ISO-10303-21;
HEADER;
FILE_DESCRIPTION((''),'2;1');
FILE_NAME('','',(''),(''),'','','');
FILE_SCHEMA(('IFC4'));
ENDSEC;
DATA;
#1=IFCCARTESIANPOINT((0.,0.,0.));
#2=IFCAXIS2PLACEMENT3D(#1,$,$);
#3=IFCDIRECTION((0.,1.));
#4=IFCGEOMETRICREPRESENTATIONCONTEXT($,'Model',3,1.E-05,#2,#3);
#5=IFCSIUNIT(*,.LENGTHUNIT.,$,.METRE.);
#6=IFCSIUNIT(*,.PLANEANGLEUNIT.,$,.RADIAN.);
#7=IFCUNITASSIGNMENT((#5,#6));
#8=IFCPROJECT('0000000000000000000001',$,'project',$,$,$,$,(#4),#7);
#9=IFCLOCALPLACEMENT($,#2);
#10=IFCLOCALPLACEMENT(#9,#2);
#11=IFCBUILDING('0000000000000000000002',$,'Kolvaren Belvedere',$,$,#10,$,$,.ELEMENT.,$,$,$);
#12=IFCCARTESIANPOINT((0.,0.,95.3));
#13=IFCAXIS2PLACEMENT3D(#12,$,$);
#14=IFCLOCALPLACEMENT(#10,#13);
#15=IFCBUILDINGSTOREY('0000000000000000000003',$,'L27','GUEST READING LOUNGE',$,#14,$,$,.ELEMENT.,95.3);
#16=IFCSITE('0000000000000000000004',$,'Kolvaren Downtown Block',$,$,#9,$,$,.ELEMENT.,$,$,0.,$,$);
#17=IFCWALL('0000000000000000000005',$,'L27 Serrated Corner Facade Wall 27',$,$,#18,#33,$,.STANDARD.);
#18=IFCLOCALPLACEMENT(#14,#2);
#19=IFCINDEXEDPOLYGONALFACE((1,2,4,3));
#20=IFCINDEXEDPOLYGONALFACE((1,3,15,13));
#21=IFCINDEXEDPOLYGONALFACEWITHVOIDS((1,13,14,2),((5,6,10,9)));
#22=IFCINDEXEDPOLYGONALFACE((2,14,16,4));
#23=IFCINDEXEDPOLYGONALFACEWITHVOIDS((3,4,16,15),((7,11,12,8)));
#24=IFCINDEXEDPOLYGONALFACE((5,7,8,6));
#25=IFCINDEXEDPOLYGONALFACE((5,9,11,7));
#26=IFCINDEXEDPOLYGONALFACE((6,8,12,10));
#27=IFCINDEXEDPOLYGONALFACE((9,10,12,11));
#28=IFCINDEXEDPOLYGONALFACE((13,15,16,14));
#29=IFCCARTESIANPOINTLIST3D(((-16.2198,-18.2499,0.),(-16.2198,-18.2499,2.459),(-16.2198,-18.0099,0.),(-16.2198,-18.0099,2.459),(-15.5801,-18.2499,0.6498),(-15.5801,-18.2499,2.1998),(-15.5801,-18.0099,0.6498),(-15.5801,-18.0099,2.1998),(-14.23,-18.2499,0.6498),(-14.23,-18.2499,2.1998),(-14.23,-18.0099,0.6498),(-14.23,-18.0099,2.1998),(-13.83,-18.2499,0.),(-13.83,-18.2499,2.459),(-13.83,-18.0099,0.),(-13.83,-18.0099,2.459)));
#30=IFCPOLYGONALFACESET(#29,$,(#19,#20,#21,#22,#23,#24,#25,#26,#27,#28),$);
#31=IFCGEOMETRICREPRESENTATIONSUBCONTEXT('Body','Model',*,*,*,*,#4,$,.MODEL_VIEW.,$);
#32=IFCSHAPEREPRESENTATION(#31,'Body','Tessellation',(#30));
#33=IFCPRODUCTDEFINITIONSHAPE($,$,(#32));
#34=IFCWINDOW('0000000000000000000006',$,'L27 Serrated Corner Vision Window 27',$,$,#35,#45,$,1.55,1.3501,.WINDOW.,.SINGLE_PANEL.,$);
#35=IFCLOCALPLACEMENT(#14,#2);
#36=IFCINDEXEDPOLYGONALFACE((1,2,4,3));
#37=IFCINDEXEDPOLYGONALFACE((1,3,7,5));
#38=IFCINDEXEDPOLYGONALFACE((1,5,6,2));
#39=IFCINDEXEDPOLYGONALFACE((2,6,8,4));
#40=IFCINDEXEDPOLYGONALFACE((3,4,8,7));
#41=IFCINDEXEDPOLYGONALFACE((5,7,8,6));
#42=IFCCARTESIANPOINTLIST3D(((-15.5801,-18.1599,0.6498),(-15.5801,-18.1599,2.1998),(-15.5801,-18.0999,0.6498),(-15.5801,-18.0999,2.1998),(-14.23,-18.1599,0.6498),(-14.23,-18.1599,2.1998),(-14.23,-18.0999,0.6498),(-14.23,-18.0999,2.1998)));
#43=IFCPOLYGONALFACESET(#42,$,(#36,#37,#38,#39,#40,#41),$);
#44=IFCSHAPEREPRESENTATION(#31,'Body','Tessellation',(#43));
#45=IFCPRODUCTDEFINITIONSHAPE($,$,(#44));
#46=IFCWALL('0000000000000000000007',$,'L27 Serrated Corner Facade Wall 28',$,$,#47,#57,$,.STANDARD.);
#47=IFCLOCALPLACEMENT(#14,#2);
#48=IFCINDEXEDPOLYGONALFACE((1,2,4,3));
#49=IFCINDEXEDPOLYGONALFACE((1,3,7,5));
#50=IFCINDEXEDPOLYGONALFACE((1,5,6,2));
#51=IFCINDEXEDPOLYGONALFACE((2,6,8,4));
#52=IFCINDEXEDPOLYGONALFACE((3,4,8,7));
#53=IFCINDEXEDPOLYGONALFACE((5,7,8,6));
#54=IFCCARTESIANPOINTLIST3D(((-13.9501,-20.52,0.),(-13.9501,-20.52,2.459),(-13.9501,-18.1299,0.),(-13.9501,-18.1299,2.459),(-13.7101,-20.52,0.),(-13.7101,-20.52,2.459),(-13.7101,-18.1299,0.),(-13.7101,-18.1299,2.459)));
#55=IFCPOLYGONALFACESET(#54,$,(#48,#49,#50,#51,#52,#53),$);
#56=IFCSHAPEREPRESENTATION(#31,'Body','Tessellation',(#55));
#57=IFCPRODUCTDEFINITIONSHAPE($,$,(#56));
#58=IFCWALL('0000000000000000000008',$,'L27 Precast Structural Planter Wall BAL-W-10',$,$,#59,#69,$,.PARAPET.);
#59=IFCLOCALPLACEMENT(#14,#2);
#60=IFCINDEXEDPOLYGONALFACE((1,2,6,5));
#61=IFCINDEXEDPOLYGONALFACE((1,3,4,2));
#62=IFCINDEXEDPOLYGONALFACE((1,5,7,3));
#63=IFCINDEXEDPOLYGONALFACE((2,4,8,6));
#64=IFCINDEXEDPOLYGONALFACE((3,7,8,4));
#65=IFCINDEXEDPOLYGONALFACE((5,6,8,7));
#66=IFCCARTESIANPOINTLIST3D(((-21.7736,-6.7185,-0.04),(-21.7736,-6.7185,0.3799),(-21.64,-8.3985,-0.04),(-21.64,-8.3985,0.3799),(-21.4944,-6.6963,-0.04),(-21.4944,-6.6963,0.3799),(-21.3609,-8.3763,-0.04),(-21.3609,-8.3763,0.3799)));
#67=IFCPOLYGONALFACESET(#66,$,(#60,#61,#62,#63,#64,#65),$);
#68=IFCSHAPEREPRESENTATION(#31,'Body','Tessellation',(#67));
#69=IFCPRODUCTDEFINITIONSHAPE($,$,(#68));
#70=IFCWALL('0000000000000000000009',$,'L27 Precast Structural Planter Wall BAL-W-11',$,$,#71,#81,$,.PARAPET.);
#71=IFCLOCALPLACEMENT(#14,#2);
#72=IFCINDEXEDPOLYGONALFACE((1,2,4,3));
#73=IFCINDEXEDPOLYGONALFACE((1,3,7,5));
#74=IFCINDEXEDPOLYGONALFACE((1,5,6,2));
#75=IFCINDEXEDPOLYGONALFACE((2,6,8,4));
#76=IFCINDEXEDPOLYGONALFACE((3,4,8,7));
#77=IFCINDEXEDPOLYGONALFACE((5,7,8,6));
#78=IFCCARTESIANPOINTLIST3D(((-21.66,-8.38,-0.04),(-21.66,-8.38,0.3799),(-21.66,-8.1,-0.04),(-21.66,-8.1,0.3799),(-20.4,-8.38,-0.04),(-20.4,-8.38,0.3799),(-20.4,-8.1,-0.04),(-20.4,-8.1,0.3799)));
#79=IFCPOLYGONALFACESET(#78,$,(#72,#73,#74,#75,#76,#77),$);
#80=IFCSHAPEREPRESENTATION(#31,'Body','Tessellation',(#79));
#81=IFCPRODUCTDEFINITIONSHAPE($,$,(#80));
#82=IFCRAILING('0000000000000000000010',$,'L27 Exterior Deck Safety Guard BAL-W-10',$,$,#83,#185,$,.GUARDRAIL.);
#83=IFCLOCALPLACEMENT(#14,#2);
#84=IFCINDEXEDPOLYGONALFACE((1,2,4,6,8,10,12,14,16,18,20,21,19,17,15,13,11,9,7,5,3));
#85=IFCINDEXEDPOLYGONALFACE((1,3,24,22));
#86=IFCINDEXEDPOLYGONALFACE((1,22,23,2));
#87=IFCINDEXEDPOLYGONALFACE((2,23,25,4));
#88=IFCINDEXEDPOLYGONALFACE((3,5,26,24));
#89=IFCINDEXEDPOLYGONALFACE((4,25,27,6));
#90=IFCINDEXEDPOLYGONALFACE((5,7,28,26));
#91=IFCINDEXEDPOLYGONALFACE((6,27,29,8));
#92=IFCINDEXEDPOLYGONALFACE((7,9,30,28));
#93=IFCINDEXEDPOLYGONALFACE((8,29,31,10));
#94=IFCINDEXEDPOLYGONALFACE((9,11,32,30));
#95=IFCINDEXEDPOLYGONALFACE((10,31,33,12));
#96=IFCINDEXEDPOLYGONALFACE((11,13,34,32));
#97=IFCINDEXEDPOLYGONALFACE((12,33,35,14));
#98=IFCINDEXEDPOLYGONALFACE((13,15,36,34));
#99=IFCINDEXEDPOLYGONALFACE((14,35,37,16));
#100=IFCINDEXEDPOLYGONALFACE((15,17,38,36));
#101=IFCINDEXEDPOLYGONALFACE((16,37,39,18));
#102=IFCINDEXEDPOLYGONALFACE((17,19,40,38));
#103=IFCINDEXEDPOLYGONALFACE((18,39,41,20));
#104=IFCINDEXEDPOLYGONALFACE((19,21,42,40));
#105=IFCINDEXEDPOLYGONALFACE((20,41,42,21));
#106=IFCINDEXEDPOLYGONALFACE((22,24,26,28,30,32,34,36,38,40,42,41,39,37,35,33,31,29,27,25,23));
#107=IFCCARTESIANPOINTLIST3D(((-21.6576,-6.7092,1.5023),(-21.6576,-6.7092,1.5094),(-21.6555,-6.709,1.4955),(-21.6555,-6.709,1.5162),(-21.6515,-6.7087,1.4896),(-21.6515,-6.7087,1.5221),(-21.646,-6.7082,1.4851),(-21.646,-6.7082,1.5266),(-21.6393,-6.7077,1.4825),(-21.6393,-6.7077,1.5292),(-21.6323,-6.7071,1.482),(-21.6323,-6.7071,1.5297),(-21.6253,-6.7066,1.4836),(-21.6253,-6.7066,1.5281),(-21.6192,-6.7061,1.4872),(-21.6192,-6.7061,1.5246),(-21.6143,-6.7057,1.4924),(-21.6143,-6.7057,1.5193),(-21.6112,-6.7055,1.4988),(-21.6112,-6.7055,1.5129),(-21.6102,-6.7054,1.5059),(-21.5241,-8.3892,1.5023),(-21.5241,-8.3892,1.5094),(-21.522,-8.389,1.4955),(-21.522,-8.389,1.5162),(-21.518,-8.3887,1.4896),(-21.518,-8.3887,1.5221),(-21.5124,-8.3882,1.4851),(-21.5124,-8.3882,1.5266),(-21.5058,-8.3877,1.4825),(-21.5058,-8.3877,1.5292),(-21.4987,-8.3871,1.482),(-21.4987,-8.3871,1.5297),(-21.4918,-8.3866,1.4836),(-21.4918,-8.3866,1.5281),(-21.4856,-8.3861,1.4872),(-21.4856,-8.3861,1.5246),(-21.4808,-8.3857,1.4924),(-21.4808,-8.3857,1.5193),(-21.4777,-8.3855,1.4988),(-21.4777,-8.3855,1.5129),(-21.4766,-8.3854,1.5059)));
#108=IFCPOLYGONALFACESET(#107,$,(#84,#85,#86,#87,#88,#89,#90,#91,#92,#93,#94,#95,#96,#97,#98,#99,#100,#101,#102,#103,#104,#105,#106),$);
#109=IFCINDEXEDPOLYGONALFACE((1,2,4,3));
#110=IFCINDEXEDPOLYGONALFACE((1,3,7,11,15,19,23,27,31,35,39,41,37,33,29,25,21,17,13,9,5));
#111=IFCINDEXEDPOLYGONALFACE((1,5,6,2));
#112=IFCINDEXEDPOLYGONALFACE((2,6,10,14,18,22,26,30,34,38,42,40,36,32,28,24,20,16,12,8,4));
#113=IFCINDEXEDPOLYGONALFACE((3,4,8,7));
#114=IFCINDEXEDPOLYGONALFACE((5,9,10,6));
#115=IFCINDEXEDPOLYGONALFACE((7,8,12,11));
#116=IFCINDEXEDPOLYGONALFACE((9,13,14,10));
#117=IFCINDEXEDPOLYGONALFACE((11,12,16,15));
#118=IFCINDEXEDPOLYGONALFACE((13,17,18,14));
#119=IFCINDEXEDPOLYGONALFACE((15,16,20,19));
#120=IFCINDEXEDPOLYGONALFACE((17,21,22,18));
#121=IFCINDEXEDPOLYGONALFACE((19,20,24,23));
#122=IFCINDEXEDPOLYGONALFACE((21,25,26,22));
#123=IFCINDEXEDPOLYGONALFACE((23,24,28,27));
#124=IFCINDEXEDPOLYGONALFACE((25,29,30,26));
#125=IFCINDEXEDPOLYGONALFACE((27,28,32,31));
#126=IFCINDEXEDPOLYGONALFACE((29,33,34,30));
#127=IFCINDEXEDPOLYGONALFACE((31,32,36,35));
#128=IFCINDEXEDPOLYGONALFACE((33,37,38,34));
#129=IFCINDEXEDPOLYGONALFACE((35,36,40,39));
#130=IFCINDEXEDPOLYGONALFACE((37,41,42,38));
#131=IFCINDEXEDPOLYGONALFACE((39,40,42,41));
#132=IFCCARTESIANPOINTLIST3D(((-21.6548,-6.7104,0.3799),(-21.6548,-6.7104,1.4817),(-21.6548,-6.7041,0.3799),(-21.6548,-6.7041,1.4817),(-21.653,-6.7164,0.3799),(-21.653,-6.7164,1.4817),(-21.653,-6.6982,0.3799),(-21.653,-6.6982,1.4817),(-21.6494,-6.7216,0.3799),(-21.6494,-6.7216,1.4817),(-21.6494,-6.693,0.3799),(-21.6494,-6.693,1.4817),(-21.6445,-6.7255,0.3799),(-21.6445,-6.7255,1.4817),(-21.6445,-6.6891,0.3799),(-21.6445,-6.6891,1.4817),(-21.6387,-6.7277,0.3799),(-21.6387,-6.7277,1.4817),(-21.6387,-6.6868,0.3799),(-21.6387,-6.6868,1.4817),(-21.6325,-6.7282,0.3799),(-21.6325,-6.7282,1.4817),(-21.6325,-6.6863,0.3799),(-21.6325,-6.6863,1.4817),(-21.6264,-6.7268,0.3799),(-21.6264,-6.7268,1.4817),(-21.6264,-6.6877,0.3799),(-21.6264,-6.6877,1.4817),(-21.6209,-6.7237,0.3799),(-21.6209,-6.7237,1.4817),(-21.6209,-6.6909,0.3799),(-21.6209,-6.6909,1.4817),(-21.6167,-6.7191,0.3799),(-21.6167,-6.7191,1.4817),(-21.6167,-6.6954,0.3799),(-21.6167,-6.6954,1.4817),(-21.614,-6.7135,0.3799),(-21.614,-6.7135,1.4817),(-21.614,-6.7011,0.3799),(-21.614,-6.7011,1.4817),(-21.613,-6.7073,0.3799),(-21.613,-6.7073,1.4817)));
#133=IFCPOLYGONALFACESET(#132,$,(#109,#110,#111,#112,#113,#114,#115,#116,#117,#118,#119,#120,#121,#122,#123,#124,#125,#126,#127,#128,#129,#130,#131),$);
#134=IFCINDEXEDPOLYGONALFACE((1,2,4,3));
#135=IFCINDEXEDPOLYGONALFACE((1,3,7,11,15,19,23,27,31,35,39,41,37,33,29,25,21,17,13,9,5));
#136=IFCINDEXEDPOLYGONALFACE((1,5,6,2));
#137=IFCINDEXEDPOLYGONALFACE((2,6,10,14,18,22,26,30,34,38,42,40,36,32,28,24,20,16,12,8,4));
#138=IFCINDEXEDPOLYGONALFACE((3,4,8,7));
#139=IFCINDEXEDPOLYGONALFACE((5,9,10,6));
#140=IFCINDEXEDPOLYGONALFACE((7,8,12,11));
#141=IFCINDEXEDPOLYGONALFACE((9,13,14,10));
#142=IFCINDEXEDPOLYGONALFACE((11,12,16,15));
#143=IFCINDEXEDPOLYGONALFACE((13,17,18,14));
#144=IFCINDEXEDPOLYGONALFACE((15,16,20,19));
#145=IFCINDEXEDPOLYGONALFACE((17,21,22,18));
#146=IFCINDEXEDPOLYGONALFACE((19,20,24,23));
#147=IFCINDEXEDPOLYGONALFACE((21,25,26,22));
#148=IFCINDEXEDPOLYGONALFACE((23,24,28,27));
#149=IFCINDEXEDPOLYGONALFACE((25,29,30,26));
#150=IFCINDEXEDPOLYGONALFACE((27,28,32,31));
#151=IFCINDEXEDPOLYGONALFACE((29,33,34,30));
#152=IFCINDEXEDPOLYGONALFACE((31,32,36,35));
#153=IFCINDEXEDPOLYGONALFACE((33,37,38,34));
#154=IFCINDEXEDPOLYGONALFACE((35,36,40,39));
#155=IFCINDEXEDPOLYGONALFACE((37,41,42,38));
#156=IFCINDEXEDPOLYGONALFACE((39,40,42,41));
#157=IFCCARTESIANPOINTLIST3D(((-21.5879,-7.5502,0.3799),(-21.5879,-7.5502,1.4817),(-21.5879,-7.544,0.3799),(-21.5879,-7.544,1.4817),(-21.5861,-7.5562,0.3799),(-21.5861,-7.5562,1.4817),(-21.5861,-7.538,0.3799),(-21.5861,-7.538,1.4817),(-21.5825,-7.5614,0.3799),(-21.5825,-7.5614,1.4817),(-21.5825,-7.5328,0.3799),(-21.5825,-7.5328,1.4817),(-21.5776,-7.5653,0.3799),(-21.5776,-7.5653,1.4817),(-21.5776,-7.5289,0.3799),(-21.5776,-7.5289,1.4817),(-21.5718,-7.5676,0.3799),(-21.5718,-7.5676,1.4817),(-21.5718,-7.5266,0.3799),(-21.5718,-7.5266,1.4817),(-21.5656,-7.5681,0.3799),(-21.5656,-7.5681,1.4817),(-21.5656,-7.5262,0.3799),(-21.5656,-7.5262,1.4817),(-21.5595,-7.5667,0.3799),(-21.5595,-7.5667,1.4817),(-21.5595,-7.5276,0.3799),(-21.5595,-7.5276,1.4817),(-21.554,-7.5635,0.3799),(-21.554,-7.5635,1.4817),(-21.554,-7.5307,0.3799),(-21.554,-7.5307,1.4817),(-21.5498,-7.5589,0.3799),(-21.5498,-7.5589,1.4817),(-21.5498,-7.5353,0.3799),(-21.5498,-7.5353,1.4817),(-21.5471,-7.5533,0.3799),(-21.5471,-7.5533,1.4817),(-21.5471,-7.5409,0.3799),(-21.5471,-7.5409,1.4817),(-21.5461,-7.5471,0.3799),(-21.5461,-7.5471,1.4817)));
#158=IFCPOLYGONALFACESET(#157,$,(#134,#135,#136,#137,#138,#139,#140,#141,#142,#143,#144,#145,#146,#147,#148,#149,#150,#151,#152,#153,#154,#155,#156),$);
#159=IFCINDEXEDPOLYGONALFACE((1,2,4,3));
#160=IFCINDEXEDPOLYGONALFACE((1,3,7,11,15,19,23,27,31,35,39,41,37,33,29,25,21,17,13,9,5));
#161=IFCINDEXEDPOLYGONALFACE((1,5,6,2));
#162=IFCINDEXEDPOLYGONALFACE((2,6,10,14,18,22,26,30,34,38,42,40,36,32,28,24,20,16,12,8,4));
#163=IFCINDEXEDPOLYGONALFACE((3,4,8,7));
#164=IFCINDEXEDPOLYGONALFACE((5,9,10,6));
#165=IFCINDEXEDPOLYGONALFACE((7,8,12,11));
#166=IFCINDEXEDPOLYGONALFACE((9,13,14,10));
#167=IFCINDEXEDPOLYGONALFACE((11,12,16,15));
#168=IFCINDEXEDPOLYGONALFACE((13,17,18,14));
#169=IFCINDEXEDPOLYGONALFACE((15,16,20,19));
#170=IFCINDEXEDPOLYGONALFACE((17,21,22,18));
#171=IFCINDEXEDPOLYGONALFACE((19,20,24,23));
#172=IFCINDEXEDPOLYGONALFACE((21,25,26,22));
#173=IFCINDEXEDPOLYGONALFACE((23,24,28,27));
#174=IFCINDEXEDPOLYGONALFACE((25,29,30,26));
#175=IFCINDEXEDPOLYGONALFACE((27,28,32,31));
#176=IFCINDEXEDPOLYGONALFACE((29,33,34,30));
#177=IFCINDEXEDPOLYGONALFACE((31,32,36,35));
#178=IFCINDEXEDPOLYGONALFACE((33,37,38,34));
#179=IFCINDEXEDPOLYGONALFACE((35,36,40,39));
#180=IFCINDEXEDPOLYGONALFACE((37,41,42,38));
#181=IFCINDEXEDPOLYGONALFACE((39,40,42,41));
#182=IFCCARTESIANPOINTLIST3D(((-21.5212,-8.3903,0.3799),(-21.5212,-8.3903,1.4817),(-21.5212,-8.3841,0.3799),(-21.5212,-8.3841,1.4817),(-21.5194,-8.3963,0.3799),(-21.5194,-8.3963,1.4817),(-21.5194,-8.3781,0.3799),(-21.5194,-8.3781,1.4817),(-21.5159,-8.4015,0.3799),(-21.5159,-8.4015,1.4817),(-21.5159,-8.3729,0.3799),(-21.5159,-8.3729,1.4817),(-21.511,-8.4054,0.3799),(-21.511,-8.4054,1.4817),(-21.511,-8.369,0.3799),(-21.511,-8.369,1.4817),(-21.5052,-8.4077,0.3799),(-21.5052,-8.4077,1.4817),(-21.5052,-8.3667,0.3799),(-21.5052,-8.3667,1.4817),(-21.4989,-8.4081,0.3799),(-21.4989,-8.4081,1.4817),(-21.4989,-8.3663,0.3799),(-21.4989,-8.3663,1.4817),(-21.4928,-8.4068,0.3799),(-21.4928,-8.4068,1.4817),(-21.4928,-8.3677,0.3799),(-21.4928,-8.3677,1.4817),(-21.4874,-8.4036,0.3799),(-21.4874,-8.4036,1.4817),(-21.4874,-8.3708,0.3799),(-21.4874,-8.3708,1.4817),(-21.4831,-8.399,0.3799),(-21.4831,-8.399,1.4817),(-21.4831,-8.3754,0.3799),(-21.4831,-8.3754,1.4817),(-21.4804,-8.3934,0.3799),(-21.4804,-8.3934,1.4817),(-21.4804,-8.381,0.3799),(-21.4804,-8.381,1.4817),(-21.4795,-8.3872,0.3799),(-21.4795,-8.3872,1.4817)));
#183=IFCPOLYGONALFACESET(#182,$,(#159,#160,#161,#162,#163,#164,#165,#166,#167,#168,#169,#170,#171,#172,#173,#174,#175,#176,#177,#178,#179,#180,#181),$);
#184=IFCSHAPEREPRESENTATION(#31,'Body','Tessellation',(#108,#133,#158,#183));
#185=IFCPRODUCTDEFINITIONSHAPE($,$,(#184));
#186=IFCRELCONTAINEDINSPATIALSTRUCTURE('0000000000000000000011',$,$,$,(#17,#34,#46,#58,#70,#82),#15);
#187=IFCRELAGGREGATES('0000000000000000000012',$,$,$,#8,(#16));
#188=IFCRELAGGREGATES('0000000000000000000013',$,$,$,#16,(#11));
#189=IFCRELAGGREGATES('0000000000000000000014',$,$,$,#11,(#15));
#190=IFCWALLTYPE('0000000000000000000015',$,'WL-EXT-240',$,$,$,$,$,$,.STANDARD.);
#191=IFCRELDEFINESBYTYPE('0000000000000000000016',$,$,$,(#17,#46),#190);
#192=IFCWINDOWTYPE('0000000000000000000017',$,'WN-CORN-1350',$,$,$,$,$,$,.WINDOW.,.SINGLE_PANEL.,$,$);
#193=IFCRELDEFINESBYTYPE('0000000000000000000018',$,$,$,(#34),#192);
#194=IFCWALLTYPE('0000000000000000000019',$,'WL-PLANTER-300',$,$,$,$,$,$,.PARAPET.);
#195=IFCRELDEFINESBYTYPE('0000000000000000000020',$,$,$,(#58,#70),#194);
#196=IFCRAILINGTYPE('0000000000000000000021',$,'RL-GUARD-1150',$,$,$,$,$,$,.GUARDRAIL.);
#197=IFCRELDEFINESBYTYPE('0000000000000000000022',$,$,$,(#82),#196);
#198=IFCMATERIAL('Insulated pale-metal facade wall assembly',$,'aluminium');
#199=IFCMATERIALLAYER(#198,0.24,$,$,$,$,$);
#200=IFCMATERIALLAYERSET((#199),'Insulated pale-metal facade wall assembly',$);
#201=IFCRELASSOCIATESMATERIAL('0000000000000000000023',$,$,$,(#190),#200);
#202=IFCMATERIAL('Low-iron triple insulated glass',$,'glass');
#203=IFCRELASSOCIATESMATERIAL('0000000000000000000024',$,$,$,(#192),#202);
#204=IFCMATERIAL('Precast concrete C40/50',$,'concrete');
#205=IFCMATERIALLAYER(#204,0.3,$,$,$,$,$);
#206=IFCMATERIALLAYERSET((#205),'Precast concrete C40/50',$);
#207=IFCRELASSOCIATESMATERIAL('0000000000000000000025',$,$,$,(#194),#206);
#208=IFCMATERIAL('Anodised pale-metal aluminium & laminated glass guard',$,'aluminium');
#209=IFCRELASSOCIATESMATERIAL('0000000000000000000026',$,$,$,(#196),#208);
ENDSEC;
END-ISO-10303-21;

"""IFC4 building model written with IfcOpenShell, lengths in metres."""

from ifc_helpers import new_model, si_unit, direction, frame, frame_2d, origin, origin_2d, place, context, subcontext, project, spatial, rectangle, circle, extrude, material, layer, layer_set, type_object, element, fill, save


model = new_model("IFC4")

# Units and contexts
model_context = context("Model", 3, precision=1e-05, world=origin(), true_north=direction((0.0, 1.0)))
body_context = subcontext(model_context, "Body", "Model", "MODEL_VIEW")
ifc_project = project(units=[si_unit("LENGTHUNIT", "METRE"), si_unit("PLANEANGLEUNIT", "RADIAN")], contexts=[model_context])

# Site, building, storey
site_placement = place(None, origin())
site = spatial("IfcSite", under=ifc_project, at=site_placement, Name="Kolvaren Downtown Block", CompositionType="ELEMENT", RefElevation=0.0)
building_placement = place(site_placement, origin())
building = spatial("IfcBuilding", under=site, at=building_placement, Name="Kolvaren Belvedere", CompositionType="ELEMENT")
storey_placement = place(building_placement, frame((0.0, 0.0, 95.3)))
storey = spatial("IfcBuildingStorey", under=building, at=storey_placement, Name="L27", Description="GUEST READING LOUNGE", CompositionType="ELEMENT", Elevation=95.3)

# Shared definitions
ifc_material_1 = material(Name="Insulated pale-metal facade wall assembly", Category="aluminium")
ifc_layer_1 = layer(ifc_material_1, 0.24)
ifc_layer_set_1 = layer_set([ifc_layer_1], Name="Insulated pale-metal facade wall assembly")
wall_type_1 = type_object("IfcWallType", Name="WL-EXT-240", PredefinedType="STANDARD", material=ifc_layer_set_1)

# Wall, opening, window
ifc_material_2 = material(Name="Low-iron triple insulated glass", Category="glass")
window_type_1 = type_object("IfcWindowType", Name="WN-CORN-1350", PartitioningType="SINGLE_PANEL", PredefinedType="WINDOW", material=ifc_material_2)
wall_1_placement = place(storey_placement, frame((-13.8301, -18.1299, 0.0), z_axis=(0.0, 0.0, 1.0), x_axis=(-1.0, 0.0, 0.0)))
wall_1 = element("IfcWall", 1, at=wall_1_placement, inside=storey, type_object=wall_type_1, Name="L27 Serrated Corner Facade Wall 27", PredefinedType="STANDARD", context=body_context, shape_type="SweptSolid", body=[
    extrude(rectangle(XDim=2.3899, YDim=0.24, at=frame_2d((1.1948, 0.0))), origin(), (0.0, 0.0, 1.0), 2.459),
])
opening_1_placement = place(wall_1_placement, frame((0.3999, 0.0, 0.6499)))
opening_1 = element("IfcOpeningElement", 2, at=opening_1_placement, cuts=wall_1, PredefinedType="OPENING", context=body_context, shape_type="SweptSolid", body=[
    extrude(rectangle(XDim=1.3501, YDim=1.55, at=frame_2d((0.675, 0.7749))), frame((0.0, 0.1299, 0.0), z_axis=(0.0, -1.0, 0.0), x_axis=(1.0, 0.0, 0.0)), (0.0, 0.0, 1.0), 0.26),
])
window_1_placement = place(opening_1_placement, origin())
window_1 = element("IfcWindow", 3, at=window_1_placement, inside=storey, type_object=window_type_1, Name="L27 Serrated Corner Vision Window 27", OverallHeight=1.55, OverallWidth=1.3501, PartitioningType="SINGLE_PANEL", PredefinedType="WINDOW", context=body_context, shape_type="SweptSolid", body=[
    extrude(rectangle(XDim=1.3501, YDim=1.55, at=frame_2d((0.675, 0.7749))), frame((0.0, 0.03, 0.0), z_axis=(0.0, -1.0, 0.0), x_axis=(1.0, 0.0, 0.0)), (0.0, 0.0, 1.0), 0.0601),
])
fill(opening_1, window_1)

# Walls
wall_2_placement = place(storey_placement, frame((-13.8301, -20.52, 0.0), z_axis=(0.0, 0.0, 1.0), x_axis=(0.0, 1.0, 0.0)))
element("IfcWall", 4, at=wall_2_placement, inside=storey, type_object=wall_type_1, Name="L27 Serrated Corner Facade Wall 28", PredefinedType="STANDARD", context=body_context, shape_type="SweptSolid", body=[
    extrude(rectangle(XDim=2.3901, YDim=0.24, at=frame_2d((1.1951, 0.0))), origin(), (0.0, 0.0, 1.0), 2.459),
])
ifc_material_3 = material(Name="Precast concrete C40/50", Category="concrete")
ifc_layer_2 = layer(ifc_material_3, 0.3)
ifc_layer_set_2 = layer_set([ifc_layer_2], Name="Precast concrete C40/50")
wall_type_2 = type_object("IfcWallType", Name="WL-PLANTER-300", PredefinedType="PARAPET", material=ifc_layer_set_2)
wall_3_placement = place(storey_placement, frame((-21.634, -6.7073, -0.04), z_axis=(0.0, 0.0, 1.0), x_axis=(0.079244, -0.996855, 0.0)))
element("IfcWall", 5, at=wall_3_placement, inside=storey, type_object=wall_type_2, Name="L27 Precast Structural Planter Wall BAL-W-10", PredefinedType="PARAPET", context=body_context, shape_type="SweptSolid", body=[
    extrude(rectangle(XDim=1.6853, YDim=0.28, at=frame_2d((0.8428, 0.0))), origin(), (0.0, 0.0, 1.0), 0.4199),
])
wall_4_placement = place(storey_placement, frame((-21.6599, -8.24, -0.04), z_axis=(0.0, 0.0, 1.0), x_axis=(1.0, 0.0, 0.0)))
element("IfcWall", 6, at=wall_4_placement, inside=storey, type_object=wall_type_2, Name="L27 Precast Structural Planter Wall BAL-W-11", PredefinedType="PARAPET", context=body_context, shape_type="SweptSolid", body=[
    extrude(rectangle(XDim=1.26, YDim=0.28, at=frame_2d((0.6299, 0.0))), origin(), (0.0, 0.0, 1.0), 0.4199),
])

# Railing
ifc_material_4 = material(Name="Anodised pale-metal aluminium & laminated glass guard", Category="aluminium")
railing_type = type_object("IfcRailingType", Name="RL-GUARD-1150", PredefinedType="GUARDRAIL", material=ifc_material_4)
railing_1_placement = place(storey_placement, frame((-21.634, -6.7073, 0.3799)))
element("IfcRailing", 7, at=railing_1_placement, inside=storey, type_object=railing_type, Name="L27 Exterior Deck Safety Guard BAL-W-10", PredefinedType="GUARDRAIL", context=body_context, shape_type="SweptSolid", body=[
    extrude(circle(Radius=0.0239, at=origin_2d()), frame((0.0, 0.0, 1.126), z_axis=(0.079244, -0.996855, 0.0), x_axis=(0.996855, 0.079244, 0.0)), (0.0, 0.0, 1.0), 1.6853),
    extrude(circle(Radius=0.021, at=origin_2d()), origin(), (0.0, 0.0, 1.0), 1.1018),
    extrude(circle(Radius=0.021, at=origin_2d()), frame((0.0669, -0.8398, 0.0)), (0.0, 0.0, 1.0), 1.1018),
    extrude(circle(Radius=0.021, at=origin_2d()), frame((0.1335, -1.6799, 0.0)), (0.0, 0.0, 1.0), 1.1018),
])

save(model, "model.ifc")
